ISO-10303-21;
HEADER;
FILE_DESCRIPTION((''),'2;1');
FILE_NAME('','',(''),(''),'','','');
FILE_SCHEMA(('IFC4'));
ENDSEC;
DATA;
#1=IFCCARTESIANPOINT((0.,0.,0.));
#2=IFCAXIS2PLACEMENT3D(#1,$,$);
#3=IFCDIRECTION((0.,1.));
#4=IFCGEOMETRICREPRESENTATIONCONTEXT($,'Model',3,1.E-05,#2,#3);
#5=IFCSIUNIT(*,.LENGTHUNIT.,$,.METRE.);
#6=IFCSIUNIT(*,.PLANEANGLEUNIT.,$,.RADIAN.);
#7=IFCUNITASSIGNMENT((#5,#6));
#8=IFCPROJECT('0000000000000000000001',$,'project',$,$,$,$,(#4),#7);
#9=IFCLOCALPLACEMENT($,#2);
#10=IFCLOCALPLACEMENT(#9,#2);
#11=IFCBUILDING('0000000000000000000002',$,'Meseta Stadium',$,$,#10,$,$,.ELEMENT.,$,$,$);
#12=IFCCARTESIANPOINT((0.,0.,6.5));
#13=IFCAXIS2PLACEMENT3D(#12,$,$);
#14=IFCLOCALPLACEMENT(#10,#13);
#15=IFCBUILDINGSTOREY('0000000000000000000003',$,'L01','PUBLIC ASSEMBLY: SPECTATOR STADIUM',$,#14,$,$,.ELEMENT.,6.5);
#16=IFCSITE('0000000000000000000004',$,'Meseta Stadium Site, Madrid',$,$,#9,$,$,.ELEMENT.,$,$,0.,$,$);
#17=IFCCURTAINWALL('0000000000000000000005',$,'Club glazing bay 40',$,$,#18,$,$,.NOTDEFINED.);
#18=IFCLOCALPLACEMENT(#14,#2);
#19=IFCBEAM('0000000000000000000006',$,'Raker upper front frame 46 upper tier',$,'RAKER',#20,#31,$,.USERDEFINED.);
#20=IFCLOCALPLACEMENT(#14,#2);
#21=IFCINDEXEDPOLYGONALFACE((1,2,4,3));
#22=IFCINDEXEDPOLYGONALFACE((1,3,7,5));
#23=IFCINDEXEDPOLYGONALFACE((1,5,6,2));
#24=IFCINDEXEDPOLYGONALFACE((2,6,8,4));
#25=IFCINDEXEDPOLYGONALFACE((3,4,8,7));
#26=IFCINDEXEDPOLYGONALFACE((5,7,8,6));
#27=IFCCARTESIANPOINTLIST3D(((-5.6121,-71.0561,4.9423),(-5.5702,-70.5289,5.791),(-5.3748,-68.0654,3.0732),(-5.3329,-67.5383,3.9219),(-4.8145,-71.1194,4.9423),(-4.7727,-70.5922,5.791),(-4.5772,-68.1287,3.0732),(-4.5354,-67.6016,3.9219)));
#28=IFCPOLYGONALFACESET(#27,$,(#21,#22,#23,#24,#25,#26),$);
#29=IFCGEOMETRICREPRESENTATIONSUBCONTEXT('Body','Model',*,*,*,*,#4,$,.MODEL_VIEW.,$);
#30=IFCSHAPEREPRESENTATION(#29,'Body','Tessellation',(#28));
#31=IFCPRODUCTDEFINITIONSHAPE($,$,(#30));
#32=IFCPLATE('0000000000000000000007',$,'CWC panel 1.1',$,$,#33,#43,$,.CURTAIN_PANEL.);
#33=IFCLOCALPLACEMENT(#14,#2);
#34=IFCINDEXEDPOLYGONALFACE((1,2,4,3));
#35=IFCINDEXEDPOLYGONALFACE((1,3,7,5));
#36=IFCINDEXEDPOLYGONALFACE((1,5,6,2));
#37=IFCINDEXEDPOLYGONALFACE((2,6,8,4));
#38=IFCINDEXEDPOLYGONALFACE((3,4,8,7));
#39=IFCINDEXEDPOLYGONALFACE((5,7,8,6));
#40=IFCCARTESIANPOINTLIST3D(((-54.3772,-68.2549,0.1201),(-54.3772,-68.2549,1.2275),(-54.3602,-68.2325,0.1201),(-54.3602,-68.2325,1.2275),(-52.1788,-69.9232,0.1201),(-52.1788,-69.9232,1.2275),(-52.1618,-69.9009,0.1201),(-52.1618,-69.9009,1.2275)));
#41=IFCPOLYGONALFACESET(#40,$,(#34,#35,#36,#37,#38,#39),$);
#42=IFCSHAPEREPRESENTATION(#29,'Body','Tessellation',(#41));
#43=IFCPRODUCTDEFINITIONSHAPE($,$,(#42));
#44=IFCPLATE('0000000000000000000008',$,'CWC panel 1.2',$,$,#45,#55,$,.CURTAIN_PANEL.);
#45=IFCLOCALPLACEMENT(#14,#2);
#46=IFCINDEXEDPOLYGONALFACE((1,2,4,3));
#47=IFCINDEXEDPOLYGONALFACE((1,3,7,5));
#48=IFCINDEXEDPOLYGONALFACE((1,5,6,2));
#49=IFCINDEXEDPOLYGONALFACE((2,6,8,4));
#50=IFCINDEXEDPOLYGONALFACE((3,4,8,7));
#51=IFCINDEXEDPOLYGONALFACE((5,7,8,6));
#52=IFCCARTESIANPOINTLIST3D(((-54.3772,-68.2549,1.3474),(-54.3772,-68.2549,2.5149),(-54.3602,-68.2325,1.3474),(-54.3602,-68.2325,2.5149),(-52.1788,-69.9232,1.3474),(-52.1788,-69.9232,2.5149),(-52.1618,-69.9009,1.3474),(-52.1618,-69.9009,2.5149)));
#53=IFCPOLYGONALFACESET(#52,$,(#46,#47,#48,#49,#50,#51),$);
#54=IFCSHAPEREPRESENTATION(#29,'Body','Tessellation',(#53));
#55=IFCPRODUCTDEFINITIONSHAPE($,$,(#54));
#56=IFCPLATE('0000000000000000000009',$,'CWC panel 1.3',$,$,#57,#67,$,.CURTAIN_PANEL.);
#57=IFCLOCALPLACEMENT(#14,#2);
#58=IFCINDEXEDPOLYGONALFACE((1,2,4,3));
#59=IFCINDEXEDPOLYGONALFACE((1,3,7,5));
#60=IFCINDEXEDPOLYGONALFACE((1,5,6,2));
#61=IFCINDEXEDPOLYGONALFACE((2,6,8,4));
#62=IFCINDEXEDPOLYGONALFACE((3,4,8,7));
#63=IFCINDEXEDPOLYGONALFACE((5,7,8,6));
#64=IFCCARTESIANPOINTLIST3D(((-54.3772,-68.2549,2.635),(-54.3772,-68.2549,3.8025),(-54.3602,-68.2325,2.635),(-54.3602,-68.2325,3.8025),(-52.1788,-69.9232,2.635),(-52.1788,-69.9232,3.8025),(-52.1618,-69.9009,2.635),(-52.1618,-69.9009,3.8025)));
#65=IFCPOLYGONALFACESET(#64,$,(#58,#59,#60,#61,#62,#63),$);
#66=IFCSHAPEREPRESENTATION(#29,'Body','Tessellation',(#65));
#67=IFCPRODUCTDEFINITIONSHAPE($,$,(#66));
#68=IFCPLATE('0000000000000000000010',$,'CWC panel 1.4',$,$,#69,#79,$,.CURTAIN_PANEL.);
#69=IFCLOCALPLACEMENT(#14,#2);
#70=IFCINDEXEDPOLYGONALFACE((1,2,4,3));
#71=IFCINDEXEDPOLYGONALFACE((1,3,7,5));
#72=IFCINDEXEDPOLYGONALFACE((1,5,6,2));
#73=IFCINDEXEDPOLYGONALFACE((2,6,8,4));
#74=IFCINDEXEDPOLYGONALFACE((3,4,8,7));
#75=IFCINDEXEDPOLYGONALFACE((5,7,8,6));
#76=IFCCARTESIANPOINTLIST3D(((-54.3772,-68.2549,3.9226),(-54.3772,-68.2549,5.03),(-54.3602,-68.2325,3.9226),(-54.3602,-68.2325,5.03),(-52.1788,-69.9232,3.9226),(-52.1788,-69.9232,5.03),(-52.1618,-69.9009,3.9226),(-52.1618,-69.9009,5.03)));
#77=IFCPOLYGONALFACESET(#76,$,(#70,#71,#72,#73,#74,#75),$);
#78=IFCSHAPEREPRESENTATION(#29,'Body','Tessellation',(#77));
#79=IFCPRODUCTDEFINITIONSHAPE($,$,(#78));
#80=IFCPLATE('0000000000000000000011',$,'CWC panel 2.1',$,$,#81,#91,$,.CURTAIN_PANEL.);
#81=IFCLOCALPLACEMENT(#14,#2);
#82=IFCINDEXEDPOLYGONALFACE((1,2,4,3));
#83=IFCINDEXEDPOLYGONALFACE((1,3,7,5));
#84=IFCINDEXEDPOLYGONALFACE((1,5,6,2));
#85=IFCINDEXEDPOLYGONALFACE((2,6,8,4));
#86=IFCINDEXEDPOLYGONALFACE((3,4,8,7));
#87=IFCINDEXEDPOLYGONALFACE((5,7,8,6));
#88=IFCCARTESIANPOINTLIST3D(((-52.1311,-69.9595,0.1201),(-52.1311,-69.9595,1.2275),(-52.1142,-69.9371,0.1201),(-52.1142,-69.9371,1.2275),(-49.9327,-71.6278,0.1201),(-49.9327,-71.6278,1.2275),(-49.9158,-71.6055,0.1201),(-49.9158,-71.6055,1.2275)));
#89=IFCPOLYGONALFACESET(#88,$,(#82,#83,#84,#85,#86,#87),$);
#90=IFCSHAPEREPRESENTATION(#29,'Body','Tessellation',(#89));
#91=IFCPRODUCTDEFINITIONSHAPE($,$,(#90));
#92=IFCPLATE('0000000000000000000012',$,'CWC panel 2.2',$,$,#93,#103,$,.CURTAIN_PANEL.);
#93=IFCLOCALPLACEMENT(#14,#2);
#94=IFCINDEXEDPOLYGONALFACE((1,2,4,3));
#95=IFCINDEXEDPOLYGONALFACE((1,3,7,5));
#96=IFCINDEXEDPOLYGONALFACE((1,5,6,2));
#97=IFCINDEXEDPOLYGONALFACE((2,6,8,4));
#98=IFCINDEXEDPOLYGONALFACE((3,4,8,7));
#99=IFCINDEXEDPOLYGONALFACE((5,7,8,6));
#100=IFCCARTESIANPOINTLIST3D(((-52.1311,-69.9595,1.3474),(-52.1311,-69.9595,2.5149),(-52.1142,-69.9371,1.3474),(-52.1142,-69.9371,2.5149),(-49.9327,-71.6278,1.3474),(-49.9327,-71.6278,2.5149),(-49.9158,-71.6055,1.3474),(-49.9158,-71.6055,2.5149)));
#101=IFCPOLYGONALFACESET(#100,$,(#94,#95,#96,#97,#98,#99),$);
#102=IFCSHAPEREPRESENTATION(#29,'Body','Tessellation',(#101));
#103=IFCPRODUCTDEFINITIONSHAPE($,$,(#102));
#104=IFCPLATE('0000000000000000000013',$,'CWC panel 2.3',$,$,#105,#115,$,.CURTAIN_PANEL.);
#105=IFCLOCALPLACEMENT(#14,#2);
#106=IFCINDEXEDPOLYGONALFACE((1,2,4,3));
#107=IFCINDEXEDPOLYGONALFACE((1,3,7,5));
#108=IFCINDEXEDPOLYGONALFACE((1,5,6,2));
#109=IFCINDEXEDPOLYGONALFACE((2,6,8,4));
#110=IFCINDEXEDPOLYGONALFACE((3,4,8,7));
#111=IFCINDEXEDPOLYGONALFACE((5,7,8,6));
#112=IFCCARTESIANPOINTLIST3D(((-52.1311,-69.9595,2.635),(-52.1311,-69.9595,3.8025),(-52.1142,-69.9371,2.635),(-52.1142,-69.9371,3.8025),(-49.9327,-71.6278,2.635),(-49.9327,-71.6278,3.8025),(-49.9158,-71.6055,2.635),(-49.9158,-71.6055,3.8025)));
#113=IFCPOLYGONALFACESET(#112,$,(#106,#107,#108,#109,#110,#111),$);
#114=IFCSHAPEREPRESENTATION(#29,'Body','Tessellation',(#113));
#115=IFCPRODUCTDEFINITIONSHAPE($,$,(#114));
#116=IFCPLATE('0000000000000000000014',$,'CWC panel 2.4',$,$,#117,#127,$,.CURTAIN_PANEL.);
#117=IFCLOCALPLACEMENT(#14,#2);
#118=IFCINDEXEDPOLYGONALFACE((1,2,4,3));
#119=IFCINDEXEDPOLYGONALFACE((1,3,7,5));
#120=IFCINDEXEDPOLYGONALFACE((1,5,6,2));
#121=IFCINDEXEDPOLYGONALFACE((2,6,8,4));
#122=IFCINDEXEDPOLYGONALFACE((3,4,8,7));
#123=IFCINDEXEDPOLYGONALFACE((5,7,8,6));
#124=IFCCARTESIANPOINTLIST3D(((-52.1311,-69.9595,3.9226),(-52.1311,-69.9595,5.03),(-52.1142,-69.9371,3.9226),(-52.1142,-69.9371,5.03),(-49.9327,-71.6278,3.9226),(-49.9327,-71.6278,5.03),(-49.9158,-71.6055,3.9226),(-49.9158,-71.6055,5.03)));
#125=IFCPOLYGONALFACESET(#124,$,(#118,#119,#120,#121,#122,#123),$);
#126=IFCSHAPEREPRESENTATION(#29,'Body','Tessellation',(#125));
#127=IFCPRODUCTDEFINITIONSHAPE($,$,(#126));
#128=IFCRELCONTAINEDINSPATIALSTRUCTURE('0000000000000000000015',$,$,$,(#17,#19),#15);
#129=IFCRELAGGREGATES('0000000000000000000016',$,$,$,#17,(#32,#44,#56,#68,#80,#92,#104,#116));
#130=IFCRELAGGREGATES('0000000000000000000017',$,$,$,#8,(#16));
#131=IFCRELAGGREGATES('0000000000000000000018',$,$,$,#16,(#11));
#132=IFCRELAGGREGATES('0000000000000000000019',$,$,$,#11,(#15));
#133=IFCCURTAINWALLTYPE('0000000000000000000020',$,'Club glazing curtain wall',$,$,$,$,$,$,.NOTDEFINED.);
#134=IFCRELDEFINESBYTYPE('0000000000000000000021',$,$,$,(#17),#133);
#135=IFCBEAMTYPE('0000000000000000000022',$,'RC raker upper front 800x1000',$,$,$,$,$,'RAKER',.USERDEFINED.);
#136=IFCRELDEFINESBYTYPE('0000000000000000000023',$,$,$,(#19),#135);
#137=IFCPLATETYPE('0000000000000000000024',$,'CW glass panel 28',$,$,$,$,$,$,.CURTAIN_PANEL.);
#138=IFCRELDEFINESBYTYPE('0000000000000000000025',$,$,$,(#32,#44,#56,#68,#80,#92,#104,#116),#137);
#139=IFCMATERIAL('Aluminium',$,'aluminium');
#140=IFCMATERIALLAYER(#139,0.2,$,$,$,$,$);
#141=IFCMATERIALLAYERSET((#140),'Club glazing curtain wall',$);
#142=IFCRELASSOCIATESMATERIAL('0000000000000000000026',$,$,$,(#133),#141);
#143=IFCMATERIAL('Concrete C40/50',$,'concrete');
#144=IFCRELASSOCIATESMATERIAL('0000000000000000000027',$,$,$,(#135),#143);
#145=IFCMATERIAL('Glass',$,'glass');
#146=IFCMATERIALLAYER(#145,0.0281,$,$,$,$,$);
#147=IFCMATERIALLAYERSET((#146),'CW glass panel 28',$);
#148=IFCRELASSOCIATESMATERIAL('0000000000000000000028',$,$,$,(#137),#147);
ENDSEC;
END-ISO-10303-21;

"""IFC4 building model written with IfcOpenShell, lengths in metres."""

from ifc_helpers import new_model, si_unit, direction, frame, origin, origin_2d, place, context, subcontext, project, spatial, rectangle, extrude, material, layer, layer_set, material_profile, profile_set, type_object, element, aggregate, save


model = new_model("IFC4")

# Units and contexts
model_context = context("Model", 3, precision=1e-05, world=origin(), true_north=direction((0.0, 1.0)))
body_context = subcontext(model_context, "Body", "Model", "MODEL_VIEW")
ifc_project = project(units=[si_unit("LENGTHUNIT", "METRE"), si_unit("PLANEANGLEUNIT", "RADIAN")], contexts=[model_context])

# Site, building, storey
site_placement = place(None, origin())
site = spatial("IfcSite", under=ifc_project, at=site_placement, Name="Meseta Stadium Site, Madrid", CompositionType="ELEMENT", RefElevation=0.0)
building_placement = place(site_placement, origin())
building = spatial("IfcBuilding", under=site, at=building_placement, Name="Meseta Stadium", CompositionType="ELEMENT")
storey_placement = place(building_placement, frame((0.0, 0.0, 6.5)))
storey = spatial("IfcBuildingStorey", under=building, at=storey_placement, Name="L01", Description="PUBLIC ASSEMBLY: SPECTATOR STADIUM", CompositionType="ELEMENT", Elevation=6.5)

# Curtain wall
ifc_material_1 = material(Name="Aluminium", Category="aluminium")
ifc_layer_1 = layer(ifc_material_1, 0.2)
ifc_layer_set_1 = layer_set([ifc_layer_1], Name="Club glazing curtain wall")
curtain_wall_type = type_object("IfcCurtainWallType", Name="Club glazing curtain wall", PredefinedType="NOTDEFINED", material=ifc_layer_set_1)
curtain_wall_placement = place(storey_placement, origin())
curtain_wall = element("IfcCurtainWall", 1, at=curtain_wall_placement, inside=storey, type_object=curtain_wall_type, Name="Club glazing bay 40", PredefinedType="NOTDEFINED")

# Beam
ifc_material_2 = material(Name="Concrete C40/50", Category="concrete")
ifc_material_profile_1 = material_profile(ifc_material_2, rectangle(XDim=0.8, YDim=1.0, at=origin_2d()), Name="RC 800x1000")
ifc_profile_set_1 = profile_set([ifc_material_profile_1], Name="Concrete C40/50")
beam_type_1 = type_object("IfcBeamType", Name="RC raker upper front 800x1000", ElementType="RAKER", PredefinedType="USERDEFINED", material=ifc_profile_set_1)
beam_1_placement = place(storey_placement, frame((-4.9551, -67.8335, 3.4976), z_axis=(-0.067135, -0.846093, 0.528791), x_axis=(0.996867, -0.079098, 0.0)))
element("IfcBeam", 2, at=beam_1_placement, inside=storey, type_object=beam_type_1, Name="Raker upper front frame 46 upper tier", ObjectType="RAKER", PredefinedType="USERDEFINED", context=body_context, shape_type="SweptSolid", body=[
    extrude(rectangle(XDim=0.8, YDim=1.0, at=origin_2d()), origin(), (0.0, 0.0, 1.0), 3.5347),
])

# Plates
ifc_material_3 = material(Name="Glass", Category="glass")
ifc_layer_2 = layer(ifc_material_3, 0.0281)
ifc_layer_set_2 = layer_set([ifc_layer_2], Name="CW glass panel 28")
plate_type = type_object("IfcPlateType", Name="CW glass panel 28", PredefinedType="CURTAIN_PANEL", material=ifc_layer_set_2)
plate_1_placement = place(storey_placement, frame((-53.2695, -69.0779, 0.1201), z_axis=(0.0, 0.0, 1.0), x_axis=(0.79659, -0.60452, 0.0)))
plate_1 = element("IfcPlate", 3, at=plate_1_placement, type_object=plate_type, Name="CWC panel 1.1", PredefinedType="CURTAIN_PANEL", context=body_context, shape_type="SweptSolid", body=[
    extrude(rectangle(XDim=2.7598, YDim=0.0281, at=origin_2d()), origin(), (0.0, 0.0, 1.0), 1.1074),
])
plate_2_placement = place(storey_placement, frame((-53.2695, -69.0779, 1.3474), z_axis=(0.0, 0.0, 1.0), x_axis=(0.79659, -0.60452, 0.0)))
plate_2 = element("IfcPlate", 4, at=plate_2_placement, type_object=plate_type, Name="CWC panel 1.2", PredefinedType="CURTAIN_PANEL", context=body_context, shape_type="SweptSolid", body=[
    extrude(rectangle(XDim=2.7598, YDim=0.0281, at=origin_2d()), origin(), (0.0, 0.0, 1.0), 1.1675),
])
plate_3_placement = place(storey_placement, frame((-53.2695, -69.0779, 2.635), z_axis=(0.0, 0.0, 1.0), x_axis=(0.79659, -0.60452, 0.0)))
plate_3 = element("IfcPlate", 5, at=plate_3_placement, type_object=plate_type, Name="CWC panel 1.3", PredefinedType="CURTAIN_PANEL", context=body_context, shape_type="SweptSolid", body=[
    extrude(rectangle(XDim=2.7598, YDim=0.0281, at=origin_2d()), origin(), (0.0, 0.0, 1.0), 1.1675),
])
plate_4_placement = place(storey_placement, frame((-53.2695, -69.0779, 3.9226), z_axis=(0.0, 0.0, 1.0), x_axis=(0.79659, -0.60452, 0.0)))
plate_4 = element("IfcPlate", 6, at=plate_4_placement, type_object=plate_type, Name="CWC panel 1.4", PredefinedType="CURTAIN_PANEL", context=body_context, shape_type="SweptSolid", body=[
    extrude(rectangle(XDim=2.7598, YDim=0.0281, at=origin_2d()), origin(), (0.0, 0.0, 1.0), 1.1074),
])
plate_5_placement = place(storey_placement, frame((-51.0234, -70.7825, 0.1201), z_axis=(0.0, 0.0, 1.0), x_axis=(0.79659, -0.60452, 0.0)))
plate_5 = element("IfcPlate", 7, at=plate_5_placement, type_object=plate_type, Name="CWC panel 2.1", PredefinedType="CURTAIN_PANEL", context=body_context, shape_type="SweptSolid", body=[
    extrude(rectangle(XDim=2.7598, YDim=0.0281, at=origin_2d()), origin(), (0.0, 0.0, 1.0), 1.1074),
])
plate_6_placement = place(storey_placement, frame((-51.0234, -70.7825, 1.3474), z_axis=(0.0, 0.0, 1.0), x_axis=(0.79659, -0.60452, 0.0)))
plate_6 = element("IfcPlate", 8, at=plate_6_placement, type_object=plate_type, Name="CWC panel 2.2", PredefinedType="CURTAIN_PANEL", context=body_context, shape_type="SweptSolid", body=[
    extrude(rectangle(XDim=2.7598, YDim=0.0281, at=origin_2d()), origin(), (0.0, 0.0, 1.0), 1.1675),
])
plate_7_placement = place(storey_placement, frame((-51.0234, -70.7825, 2.635), z_axis=(0.0, 0.0, 1.0), x_axis=(0.79659, -0.60452, 0.0)))
plate_7 = element("IfcPlate", 9, at=plate_7_placement, type_object=plate_type, Name="CWC panel 2.3", PredefinedType="CURTAIN_PANEL", context=body_context, shape_type="SweptSolid", body=[
    extrude(rectangle(XDim=2.7598, YDim=0.0281, at=origin_2d()), origin(), (0.0, 0.0, 1.0), 1.1675),
])
plate_8_placement = place(storey_placement, frame((-51.0234, -70.7825, 3.9226), z_axis=(0.0, 0.0, 1.0), x_axis=(0.79659, -0.60452, 0.0)))
plate_8 = element("IfcPlate", 10, at=plate_8_placement, type_object=plate_type, Name="CWC panel 2.4", PredefinedType="CURTAIN_PANEL", context=body_context, shape_type="SweptSolid", body=[
    extrude(rectangle(XDim=2.7598, YDim=0.0281, at=origin_2d()), origin(), (0.0, 0.0, 1.0), 1.1074),
])
aggregate(curtain_wall, [plate_1, plate_2, plate_3, plate_4, plate_5, plate_6, plate_7, plate_8])

save(model, "model.ifc")
